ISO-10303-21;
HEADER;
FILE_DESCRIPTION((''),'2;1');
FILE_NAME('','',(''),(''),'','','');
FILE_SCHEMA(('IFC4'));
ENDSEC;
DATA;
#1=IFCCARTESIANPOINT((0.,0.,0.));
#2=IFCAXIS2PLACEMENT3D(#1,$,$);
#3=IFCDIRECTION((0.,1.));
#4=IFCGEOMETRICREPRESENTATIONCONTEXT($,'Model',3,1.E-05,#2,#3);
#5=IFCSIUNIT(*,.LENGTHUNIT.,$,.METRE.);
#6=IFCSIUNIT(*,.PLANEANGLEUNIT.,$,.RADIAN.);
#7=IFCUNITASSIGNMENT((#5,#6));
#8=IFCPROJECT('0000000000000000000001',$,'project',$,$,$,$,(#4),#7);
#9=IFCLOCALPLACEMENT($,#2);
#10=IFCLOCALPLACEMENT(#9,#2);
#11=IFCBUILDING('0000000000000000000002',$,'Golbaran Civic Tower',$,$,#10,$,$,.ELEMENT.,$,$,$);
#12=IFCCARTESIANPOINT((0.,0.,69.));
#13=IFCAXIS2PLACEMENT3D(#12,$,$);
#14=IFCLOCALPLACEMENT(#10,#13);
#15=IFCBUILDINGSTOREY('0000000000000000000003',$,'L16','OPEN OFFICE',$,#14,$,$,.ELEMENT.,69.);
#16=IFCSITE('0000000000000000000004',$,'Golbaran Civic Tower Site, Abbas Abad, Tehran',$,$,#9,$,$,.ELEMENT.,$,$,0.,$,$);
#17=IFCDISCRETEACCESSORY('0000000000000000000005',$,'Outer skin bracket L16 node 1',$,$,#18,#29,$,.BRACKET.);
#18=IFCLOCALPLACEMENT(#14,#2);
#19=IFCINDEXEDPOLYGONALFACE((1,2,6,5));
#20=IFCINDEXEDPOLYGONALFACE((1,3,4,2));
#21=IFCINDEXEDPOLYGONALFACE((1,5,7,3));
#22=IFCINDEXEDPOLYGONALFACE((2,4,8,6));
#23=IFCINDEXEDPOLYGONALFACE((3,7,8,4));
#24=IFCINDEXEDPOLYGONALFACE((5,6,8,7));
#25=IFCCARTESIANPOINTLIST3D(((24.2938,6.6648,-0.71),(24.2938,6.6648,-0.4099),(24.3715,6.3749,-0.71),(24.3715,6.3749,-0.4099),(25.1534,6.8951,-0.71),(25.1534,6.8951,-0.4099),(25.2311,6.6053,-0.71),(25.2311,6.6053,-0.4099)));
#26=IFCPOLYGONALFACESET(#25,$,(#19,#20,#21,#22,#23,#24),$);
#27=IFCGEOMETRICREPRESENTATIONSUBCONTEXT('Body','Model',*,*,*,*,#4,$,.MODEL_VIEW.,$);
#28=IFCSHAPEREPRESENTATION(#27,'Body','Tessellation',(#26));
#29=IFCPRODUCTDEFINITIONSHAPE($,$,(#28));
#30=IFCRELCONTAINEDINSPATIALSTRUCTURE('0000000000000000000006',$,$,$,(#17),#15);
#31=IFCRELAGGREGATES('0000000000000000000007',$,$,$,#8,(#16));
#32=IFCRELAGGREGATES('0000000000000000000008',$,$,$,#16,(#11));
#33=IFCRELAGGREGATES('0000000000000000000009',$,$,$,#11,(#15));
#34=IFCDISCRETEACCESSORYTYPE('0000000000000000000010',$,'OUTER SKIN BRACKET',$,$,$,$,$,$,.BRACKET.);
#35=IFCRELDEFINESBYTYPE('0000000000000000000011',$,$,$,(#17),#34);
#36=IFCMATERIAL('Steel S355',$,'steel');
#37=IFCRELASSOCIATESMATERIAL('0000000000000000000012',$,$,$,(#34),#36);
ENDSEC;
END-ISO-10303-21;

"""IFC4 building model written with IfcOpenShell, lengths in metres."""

from ifc_helpers import new_model, si_unit, direction, frame, origin, origin_2d, place, context, subcontext, project, spatial, rectangle, extrude, material, type_object, element, save


model = new_model("IFC4")

# Units and contexts
model_context = context("Model", 3, precision=1e-05, world=origin(), true_north=direction((0.0, 1.0)))
body_context = subcontext(model_context, "Body", "Model", "MODEL_VIEW")
ifc_project = project(units=[si_unit("LENGTHUNIT", "METRE"), si_unit("PLANEANGLEUNIT", "RADIAN")], contexts=[model_context])

# Site, building, storey
site_placement = place(None, origin())
site = spatial("IfcSite", under=ifc_project, at=site_placement, Name="Golbaran Civic Tower Site, Abbas Abad, Tehran", CompositionType="ELEMENT", RefElevation=0.0)
building_placement = place(site_placement, origin())
building = spatial("IfcBuilding", under=site, at=building_placement, Name="Golbaran Civic Tower", CompositionType="ELEMENT")
storey_placement = place(building_placement, frame((0.0, 0.0, 69.0)))
storey = spatial("IfcBuildingStorey", under=building, at=storey_placement, Name="L16", Description="OPEN OFFICE", CompositionType="ELEMENT", Elevation=69.0)

# Shared definitions
ifc_material_1 = material(Name="Steel S355", Category="steel")

# Discrete accessory
discrete_accessory_type = type_object("IfcDiscreteAccessoryType", Name="OUTER SKIN BRACKET", PredefinedType="BRACKET", material=ifc_material_1)
discrete_accessory_placement = place(storey_placement, frame((24.7625, 6.635, -0.71), z_axis=(0.0, 0.0, 1.0), x_axis=(0.965926, 0.258819, 0.0)))
element("IfcDiscreteAccessory", 1, at=discrete_accessory_placement, inside=storey, type_object=discrete_accessory_type, Name="Outer skin bracket L16 node 1", PredefinedType="BRACKET", context=body_context, shape_type="SweptSolid", body=[
    extrude(rectangle(XDim=0.8899, YDim=0.3, at=origin_2d()), origin(), (0.0, 0.0, 1.0), 0.3),
])

save(model, "model.ifc")
